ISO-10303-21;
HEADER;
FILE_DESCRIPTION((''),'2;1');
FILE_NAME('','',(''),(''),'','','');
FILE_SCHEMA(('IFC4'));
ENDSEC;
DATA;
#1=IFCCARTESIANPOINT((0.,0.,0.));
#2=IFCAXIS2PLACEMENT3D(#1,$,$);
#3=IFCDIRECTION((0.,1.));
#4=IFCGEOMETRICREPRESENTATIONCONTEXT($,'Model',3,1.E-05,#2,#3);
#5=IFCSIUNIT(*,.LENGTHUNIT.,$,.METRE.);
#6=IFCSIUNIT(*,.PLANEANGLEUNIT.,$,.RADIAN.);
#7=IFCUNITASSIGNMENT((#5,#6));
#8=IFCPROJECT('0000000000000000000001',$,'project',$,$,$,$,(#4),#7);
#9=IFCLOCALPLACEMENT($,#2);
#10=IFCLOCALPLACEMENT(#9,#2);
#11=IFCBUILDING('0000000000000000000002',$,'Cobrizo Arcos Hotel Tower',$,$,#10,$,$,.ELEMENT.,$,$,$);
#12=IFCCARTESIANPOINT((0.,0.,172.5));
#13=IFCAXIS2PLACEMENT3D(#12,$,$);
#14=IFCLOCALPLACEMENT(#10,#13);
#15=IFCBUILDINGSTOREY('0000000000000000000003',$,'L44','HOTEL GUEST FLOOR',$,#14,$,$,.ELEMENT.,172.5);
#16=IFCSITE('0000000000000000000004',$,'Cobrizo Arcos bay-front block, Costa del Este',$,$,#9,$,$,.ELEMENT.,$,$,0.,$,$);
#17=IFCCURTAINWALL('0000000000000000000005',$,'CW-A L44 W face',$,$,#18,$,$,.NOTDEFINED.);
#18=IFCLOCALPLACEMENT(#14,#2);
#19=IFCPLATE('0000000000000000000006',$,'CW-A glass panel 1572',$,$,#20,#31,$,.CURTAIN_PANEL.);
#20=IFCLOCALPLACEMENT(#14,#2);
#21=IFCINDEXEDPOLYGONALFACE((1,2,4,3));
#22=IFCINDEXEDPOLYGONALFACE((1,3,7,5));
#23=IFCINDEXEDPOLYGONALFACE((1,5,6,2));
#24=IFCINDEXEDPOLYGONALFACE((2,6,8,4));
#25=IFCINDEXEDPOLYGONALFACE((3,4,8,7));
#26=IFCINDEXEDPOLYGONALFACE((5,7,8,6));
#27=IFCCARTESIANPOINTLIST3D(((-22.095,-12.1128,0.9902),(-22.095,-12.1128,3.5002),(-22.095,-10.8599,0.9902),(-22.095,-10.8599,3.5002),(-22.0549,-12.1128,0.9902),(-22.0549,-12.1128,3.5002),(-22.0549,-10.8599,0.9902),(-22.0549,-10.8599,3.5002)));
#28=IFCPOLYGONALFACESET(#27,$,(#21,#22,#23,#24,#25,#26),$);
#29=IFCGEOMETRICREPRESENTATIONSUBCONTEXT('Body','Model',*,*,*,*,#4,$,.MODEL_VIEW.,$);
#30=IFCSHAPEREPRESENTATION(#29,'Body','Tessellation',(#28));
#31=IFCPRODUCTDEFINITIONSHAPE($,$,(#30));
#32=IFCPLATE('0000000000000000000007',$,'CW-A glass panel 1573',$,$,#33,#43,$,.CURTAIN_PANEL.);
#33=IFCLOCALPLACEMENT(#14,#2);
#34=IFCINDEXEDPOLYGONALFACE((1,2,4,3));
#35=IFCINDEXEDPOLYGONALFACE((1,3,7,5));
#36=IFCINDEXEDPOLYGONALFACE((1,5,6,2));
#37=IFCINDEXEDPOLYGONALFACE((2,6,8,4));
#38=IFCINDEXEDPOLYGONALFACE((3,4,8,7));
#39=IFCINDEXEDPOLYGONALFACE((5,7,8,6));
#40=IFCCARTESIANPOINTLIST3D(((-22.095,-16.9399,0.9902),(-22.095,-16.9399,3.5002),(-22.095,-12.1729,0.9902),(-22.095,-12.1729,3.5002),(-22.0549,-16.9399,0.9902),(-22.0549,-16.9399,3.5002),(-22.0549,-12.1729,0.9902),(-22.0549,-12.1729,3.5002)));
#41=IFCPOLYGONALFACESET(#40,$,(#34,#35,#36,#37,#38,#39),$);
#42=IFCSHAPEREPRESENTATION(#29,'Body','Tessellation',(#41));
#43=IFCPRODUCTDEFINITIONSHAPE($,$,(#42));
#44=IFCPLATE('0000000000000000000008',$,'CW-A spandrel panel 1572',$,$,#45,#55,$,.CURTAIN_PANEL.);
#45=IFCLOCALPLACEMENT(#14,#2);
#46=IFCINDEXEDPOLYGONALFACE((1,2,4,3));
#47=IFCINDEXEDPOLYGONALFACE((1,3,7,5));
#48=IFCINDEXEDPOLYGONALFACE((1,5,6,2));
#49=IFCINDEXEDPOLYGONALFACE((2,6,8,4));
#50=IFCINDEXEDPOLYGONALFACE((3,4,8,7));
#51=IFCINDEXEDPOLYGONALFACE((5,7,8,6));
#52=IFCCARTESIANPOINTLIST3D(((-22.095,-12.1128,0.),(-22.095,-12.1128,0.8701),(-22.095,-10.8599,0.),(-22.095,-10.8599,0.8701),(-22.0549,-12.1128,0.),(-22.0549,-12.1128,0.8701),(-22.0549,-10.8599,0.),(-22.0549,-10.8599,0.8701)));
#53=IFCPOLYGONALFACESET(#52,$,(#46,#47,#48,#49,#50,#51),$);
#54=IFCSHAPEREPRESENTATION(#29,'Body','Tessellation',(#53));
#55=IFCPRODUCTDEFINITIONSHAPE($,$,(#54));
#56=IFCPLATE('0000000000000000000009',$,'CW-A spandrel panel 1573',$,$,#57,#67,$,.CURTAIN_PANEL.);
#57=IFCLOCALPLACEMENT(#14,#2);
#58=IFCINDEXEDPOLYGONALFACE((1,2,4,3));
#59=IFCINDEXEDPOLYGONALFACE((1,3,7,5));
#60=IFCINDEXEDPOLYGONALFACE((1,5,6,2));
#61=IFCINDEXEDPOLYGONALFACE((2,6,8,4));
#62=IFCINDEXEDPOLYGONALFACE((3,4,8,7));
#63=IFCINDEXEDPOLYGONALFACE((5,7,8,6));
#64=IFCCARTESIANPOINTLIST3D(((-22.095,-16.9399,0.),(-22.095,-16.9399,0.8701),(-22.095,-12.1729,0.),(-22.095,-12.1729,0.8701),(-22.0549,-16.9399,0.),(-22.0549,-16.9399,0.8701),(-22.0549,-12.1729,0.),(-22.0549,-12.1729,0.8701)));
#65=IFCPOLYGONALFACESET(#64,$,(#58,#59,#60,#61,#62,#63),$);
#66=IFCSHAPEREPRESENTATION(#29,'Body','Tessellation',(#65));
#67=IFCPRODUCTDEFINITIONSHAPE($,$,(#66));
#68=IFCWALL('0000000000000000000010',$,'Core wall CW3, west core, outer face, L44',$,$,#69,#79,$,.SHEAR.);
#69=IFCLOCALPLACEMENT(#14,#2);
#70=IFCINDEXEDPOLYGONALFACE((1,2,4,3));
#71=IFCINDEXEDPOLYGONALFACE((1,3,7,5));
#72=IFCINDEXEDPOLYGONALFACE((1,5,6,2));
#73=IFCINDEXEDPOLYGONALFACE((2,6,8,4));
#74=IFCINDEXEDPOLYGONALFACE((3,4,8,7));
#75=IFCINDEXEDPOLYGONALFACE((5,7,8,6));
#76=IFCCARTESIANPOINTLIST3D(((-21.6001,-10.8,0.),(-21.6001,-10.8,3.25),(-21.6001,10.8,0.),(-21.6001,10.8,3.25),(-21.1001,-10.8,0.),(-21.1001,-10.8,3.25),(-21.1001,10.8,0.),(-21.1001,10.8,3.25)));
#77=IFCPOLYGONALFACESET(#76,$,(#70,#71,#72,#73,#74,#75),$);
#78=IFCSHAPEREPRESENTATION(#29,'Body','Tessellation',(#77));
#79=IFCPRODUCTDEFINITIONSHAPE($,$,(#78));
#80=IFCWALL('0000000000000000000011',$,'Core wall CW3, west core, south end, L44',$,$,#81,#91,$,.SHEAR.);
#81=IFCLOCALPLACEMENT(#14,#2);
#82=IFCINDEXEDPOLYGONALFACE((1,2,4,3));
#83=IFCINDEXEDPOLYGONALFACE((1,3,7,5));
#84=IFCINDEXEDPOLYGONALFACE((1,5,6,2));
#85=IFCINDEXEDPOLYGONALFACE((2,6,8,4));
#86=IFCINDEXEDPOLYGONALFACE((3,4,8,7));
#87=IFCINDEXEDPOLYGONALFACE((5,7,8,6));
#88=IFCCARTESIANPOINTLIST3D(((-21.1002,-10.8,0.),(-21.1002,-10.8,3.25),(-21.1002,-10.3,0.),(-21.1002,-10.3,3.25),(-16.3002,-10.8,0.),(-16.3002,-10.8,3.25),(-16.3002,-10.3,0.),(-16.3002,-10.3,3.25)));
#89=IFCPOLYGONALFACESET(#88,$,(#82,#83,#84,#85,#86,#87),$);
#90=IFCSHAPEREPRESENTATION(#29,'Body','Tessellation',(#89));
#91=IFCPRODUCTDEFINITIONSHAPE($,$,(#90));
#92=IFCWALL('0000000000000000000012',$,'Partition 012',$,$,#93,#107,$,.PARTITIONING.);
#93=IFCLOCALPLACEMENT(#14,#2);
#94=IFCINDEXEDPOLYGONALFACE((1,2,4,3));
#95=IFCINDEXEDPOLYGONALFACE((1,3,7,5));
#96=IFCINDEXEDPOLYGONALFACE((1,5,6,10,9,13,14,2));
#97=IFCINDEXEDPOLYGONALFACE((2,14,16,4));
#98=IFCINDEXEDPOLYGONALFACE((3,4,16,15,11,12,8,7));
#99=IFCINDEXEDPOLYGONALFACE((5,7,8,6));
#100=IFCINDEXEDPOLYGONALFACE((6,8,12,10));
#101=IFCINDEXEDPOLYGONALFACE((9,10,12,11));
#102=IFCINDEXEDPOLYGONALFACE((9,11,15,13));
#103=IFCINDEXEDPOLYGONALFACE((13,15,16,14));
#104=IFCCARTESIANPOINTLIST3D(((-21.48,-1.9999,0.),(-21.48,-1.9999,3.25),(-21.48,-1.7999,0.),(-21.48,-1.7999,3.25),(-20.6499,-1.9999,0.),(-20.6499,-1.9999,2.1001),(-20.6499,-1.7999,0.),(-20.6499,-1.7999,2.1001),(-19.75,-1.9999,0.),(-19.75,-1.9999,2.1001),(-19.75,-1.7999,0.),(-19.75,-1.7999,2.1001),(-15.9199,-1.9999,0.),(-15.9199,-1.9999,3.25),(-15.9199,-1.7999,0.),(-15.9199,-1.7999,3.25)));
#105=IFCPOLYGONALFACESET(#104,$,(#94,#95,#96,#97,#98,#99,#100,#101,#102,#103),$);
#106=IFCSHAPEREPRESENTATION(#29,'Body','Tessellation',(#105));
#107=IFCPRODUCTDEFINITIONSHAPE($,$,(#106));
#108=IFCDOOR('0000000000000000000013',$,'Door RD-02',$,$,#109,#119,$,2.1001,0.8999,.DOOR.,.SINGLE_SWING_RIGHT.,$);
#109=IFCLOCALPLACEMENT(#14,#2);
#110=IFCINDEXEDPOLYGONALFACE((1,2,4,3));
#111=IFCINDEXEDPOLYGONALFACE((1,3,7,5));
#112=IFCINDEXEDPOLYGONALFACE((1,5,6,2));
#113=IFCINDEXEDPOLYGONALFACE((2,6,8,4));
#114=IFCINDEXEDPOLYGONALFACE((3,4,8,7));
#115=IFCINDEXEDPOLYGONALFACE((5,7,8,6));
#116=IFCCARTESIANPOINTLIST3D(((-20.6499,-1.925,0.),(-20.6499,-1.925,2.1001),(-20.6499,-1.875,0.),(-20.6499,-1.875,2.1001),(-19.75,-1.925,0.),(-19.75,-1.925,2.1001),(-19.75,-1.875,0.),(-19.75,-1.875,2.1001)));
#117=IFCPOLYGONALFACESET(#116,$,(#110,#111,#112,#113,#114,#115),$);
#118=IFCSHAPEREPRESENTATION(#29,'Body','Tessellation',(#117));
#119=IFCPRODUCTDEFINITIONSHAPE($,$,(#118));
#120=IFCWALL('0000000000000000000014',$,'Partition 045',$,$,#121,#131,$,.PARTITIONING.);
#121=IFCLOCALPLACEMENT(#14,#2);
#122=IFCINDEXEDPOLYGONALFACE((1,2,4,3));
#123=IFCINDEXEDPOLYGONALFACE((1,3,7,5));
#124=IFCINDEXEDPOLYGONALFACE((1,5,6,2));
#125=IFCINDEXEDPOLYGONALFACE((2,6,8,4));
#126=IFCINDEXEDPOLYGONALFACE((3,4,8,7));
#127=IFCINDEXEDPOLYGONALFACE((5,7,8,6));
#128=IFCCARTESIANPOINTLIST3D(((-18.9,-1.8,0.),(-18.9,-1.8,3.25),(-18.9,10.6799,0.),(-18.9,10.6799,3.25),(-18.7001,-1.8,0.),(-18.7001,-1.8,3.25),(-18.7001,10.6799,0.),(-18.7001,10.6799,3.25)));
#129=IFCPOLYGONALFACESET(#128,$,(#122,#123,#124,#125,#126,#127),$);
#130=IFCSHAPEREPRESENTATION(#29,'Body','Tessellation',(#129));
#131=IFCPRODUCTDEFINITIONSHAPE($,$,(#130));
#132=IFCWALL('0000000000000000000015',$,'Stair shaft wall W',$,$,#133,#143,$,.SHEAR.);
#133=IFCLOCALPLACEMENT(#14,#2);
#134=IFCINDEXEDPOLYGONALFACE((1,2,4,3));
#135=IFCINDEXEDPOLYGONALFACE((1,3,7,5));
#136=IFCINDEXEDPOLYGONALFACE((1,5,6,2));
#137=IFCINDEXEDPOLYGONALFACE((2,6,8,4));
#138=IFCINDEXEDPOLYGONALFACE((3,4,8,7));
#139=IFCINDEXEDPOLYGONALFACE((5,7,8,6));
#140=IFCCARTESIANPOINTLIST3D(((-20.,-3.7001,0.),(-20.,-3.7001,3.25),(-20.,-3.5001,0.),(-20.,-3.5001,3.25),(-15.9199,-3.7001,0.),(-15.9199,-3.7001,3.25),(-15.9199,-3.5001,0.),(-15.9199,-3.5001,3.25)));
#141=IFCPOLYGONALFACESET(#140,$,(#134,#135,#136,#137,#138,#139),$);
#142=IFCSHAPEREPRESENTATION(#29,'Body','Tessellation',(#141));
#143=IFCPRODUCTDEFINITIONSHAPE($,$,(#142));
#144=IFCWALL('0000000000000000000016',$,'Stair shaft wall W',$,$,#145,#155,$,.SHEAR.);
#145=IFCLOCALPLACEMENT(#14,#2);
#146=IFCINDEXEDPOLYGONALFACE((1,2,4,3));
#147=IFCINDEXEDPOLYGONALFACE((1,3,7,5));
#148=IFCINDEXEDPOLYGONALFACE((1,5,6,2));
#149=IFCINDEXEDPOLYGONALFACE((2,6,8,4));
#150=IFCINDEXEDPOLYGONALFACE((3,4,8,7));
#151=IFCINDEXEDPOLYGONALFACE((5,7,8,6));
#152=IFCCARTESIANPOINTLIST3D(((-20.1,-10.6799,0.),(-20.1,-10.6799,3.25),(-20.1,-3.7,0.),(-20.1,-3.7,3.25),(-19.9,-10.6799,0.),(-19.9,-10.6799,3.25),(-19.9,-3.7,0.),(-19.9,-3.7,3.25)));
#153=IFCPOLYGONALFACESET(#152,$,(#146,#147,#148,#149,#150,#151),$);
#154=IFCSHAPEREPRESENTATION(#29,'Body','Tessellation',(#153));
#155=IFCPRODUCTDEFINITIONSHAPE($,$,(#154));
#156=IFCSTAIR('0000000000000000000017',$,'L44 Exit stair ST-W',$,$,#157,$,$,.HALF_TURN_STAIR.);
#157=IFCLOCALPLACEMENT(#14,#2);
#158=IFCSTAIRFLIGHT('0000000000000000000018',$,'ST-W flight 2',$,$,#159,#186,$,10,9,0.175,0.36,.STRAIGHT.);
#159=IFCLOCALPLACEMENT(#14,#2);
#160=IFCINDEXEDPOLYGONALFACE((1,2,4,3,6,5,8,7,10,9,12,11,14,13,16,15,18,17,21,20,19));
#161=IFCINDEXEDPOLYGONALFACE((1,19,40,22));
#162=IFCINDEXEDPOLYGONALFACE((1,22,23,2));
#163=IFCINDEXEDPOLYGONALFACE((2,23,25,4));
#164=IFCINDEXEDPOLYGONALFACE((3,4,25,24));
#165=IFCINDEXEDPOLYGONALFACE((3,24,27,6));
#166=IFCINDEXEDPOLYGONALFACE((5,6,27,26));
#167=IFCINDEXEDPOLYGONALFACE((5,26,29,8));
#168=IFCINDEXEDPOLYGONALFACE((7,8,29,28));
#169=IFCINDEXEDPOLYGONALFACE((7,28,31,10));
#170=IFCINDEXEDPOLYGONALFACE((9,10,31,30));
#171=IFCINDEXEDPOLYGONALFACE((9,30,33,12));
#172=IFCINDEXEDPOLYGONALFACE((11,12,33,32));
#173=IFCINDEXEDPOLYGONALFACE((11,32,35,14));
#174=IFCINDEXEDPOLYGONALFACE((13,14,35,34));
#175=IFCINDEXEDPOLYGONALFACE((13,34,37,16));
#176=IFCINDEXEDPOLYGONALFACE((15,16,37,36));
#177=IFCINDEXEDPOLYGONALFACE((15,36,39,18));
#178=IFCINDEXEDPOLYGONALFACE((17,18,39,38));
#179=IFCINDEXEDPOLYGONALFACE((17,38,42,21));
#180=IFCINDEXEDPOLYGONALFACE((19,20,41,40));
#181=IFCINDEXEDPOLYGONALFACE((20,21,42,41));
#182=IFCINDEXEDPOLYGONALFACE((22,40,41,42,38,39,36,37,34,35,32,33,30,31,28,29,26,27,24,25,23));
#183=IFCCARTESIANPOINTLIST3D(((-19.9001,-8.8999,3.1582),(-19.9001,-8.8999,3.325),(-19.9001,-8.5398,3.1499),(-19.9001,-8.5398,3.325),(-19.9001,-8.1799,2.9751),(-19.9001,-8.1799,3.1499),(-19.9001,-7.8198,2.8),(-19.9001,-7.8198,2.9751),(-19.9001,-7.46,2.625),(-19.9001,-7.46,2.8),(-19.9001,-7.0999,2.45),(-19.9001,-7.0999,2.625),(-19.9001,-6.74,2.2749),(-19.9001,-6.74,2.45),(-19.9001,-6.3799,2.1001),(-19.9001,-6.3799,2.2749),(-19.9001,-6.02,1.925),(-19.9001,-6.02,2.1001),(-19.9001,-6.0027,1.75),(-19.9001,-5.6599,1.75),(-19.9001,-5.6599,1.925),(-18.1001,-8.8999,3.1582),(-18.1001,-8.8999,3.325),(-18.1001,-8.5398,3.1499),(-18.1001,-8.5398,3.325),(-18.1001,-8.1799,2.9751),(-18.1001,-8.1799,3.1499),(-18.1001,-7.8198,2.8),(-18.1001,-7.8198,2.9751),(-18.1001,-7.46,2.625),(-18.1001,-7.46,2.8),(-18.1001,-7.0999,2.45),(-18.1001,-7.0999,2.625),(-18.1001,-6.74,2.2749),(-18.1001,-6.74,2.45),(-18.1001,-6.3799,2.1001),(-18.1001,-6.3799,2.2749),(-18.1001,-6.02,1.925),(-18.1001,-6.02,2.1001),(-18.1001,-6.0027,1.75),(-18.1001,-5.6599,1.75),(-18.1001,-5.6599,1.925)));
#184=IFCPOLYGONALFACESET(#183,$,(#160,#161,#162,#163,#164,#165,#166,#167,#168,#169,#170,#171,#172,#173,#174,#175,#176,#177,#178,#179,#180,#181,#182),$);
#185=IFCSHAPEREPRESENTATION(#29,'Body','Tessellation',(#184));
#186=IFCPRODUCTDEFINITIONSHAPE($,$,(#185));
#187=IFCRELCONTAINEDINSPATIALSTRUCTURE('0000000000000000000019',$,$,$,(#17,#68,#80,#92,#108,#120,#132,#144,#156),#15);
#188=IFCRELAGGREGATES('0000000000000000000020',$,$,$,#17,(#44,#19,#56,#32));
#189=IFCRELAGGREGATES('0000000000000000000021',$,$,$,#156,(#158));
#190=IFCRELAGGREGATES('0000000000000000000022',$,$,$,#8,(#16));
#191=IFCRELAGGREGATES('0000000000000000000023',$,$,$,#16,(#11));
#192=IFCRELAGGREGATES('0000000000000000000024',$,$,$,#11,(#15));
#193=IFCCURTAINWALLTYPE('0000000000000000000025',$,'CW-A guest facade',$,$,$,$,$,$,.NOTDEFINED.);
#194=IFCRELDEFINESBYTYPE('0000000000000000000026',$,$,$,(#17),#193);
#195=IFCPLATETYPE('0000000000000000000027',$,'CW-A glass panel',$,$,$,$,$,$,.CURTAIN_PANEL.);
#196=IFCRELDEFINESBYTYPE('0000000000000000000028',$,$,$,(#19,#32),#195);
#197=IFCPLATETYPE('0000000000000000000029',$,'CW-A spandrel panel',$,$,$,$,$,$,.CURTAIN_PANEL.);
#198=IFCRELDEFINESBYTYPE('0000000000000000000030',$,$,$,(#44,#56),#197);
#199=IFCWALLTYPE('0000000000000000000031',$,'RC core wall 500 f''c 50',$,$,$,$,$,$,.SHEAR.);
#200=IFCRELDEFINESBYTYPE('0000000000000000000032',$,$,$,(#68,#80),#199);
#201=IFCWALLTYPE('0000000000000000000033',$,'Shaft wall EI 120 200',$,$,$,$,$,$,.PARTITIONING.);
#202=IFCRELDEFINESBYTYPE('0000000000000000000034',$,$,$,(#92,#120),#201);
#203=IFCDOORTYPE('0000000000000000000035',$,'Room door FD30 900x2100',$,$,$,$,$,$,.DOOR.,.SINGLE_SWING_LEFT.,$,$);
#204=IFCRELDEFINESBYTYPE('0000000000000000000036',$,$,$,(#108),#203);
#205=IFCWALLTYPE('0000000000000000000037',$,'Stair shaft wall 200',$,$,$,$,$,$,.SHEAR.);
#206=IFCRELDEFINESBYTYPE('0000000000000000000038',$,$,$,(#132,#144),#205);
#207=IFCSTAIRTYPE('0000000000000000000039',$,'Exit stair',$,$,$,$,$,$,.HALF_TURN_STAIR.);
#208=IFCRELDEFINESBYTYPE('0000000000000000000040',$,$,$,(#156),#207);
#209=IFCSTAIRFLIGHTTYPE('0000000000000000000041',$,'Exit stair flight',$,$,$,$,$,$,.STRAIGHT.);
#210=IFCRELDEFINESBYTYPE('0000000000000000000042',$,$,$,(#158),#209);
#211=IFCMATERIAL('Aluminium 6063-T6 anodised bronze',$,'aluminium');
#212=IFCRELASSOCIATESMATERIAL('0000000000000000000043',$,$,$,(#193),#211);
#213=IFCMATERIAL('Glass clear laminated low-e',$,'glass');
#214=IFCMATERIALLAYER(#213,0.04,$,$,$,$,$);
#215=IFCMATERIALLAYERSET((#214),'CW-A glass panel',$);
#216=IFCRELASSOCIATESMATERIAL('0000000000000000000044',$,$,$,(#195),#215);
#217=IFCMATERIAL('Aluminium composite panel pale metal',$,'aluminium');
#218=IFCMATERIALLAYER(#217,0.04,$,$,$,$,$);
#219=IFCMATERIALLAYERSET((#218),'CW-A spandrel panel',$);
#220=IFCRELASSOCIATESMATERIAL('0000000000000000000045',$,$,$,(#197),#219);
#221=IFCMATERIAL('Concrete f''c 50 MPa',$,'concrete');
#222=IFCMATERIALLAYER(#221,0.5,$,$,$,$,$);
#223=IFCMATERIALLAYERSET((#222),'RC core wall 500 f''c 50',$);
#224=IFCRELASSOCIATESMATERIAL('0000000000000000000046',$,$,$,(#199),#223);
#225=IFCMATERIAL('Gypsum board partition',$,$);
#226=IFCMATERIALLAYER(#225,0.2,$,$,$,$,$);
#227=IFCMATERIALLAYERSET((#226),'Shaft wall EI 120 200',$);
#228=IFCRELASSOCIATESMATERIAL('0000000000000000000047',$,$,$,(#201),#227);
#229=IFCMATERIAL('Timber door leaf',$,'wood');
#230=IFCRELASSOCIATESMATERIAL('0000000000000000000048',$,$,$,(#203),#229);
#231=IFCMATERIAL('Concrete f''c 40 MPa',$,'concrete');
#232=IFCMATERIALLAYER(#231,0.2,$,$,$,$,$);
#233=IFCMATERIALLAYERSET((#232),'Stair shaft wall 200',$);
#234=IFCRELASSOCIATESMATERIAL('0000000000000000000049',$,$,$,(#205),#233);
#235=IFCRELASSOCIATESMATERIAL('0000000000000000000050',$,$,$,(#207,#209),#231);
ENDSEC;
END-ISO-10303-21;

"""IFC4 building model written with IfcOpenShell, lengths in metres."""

from ifc_helpers import new_model, si_unit, direction, frame, frame_2d, origin, origin_2d, place, context, subcontext, project, spatial, polyline, rectangle, outline, extrude, material, layer, layer_set, type_object, element, fill, aggregate, save


model = new_model("IFC4")

# Units and contexts
model_context = context("Model", 3, precision=1e-05, world=origin(), true_north=direction((0.0, 1.0)))
body_context = subcontext(model_context, "Body", "Model", "MODEL_VIEW")
ifc_project = project(units=[si_unit("LENGTHUNIT", "METRE"), si_unit("PLANEANGLEUNIT", "RADIAN")], contexts=[model_context])

# Site, building, storey
site_placement = place(None, origin())
site = spatial("IfcSite", under=ifc_project, at=site_placement, Name="Cobrizo Arcos bay-front block, Costa del Este", CompositionType="ELEMENT", RefElevation=0.0)
building_placement = place(site_placement, origin())
building = spatial("IfcBuilding", under=site, at=building_placement, Name="Cobrizo Arcos Hotel Tower", CompositionType="ELEMENT")
storey_placement = place(building_placement, frame((0.0, 0.0, 172.5)))
storey = spatial("IfcBuildingStorey", under=building, at=storey_placement, Name="L44", Description="HOTEL GUEST FLOOR", CompositionType="ELEMENT", Elevation=172.5)

# Curtain wall
ifc_material_1 = material(Name="Aluminium 6063-T6 anodised bronze", Category="aluminium")
curtain_wall_type = type_object("IfcCurtainWallType", Name="CW-A guest facade", PredefinedType="NOTDEFINED", material=ifc_material_1)
curtain_wall_placement = place(storey_placement, origin())
curtain_wall = element("IfcCurtainWall", 1, at=curtain_wall_placement, inside=storey, type_object=curtain_wall_type, Name="CW-A L44 W face", PredefinedType="NOTDEFINED")

# Plates
ifc_material_2 = material(Name="Glass clear laminated low-e", Category="glass")
ifc_layer_1 = layer(ifc_material_2, 0.04)
ifc_layer_set_1 = layer_set([ifc_layer_1], Name="CW-A glass panel")
plate_type_1 = type_object("IfcPlateType", Name="CW-A glass panel", PredefinedType="CURTAIN_PANEL", material=ifc_layer_set_1)
plate_1_placement = place(storey_placement, frame((-22.075, -11.4863, 0.9902), z_axis=(0.0, 0.0, 1.0), x_axis=(0.0, -1.0, 0.0)))
plate_1 = element("IfcPlate", 2, at=plate_1_placement, type_object=plate_type_1, Name="CW-A glass panel 1572", PredefinedType="CURTAIN_PANEL", context=body_context, shape_type="SweptSolid", body=[
    extrude(rectangle(XDim=1.2529, YDim=0.04, at=origin_2d()), origin(), (0.0, 0.0, 1.0), 2.51),
])
plate_2_placement = place(storey_placement, frame((-22.075, -14.5564, 0.9902), z_axis=(0.0, 0.0, 1.0), x_axis=(0.0, -1.0, 0.0)))
plate_2 = element("IfcPlate", 3, at=plate_2_placement, type_object=plate_type_1, Name="CW-A glass panel 1573", PredefinedType="CURTAIN_PANEL", context=body_context, shape_type="SweptSolid", body=[
    extrude(rectangle(XDim=4.7671, YDim=0.04, at=origin_2d()), origin(), (0.0, 0.0, 1.0), 2.51),
])
ifc_material_3 = material(Name="Aluminium composite panel pale metal", Category="aluminium")
ifc_layer_2 = layer(ifc_material_3, 0.04)
ifc_layer_set_2 = layer_set([ifc_layer_2], Name="CW-A spandrel panel")
plate_type_2 = type_object("IfcPlateType", Name="CW-A spandrel panel", PredefinedType="CURTAIN_PANEL", material=ifc_layer_set_2)
plate_3_placement = place(storey_placement, frame((-22.075, -11.4863, 0.0), z_axis=(0.0, 0.0, 1.0), x_axis=(0.0, -1.0, 0.0)))
plate_3 = element("IfcPlate", 4, at=plate_3_placement, type_object=plate_type_2, Name="CW-A spandrel panel 1572", PredefinedType="CURTAIN_PANEL", context=body_context, shape_type="SweptSolid", body=[
    extrude(rectangle(XDim=1.2529, YDim=0.04, at=origin_2d()), origin(), (0.0, 0.0, 1.0), 0.8701),
])
plate_4_placement = place(storey_placement, frame((-22.075, -14.5564, 0.0), z_axis=(0.0, 0.0, 1.0), x_axis=(0.0, -1.0, 0.0)))
plate_4 = element("IfcPlate", 5, at=plate_4_placement, type_object=plate_type_2, Name="CW-A spandrel panel 1573", PredefinedType="CURTAIN_PANEL", context=body_context, shape_type="SweptSolid", body=[
    extrude(rectangle(XDim=4.7671, YDim=0.04, at=origin_2d()), origin(), (0.0, 0.0, 1.0), 0.8701),
])
aggregate(curtain_wall, [plate_3, plate_1, plate_4, plate_2])

# Walls
ifc_material_4 = material(Name="Concrete f'c 50 MPa", Category="concrete")
ifc_layer_3 = layer(ifc_material_4, 0.5)
ifc_layer_set_3 = layer_set([ifc_layer_3], Name="RC core wall 500 f'c 50")
wall_type_1 = type_object("IfcWallType", Name="RC core wall 500 f'c 50", PredefinedType="SHEAR", material=ifc_layer_set_3)
wall_1_placement = place(storey_placement, frame((-21.3501, -10.8, 0.0), z_axis=(0.0, 0.0, 1.0), x_axis=(0.0, 1.0, 0.0)))
element("IfcWall", 6, at=wall_1_placement, inside=storey, type_object=wall_type_1, Name="Core wall CW3, west core, outer face, L44", PredefinedType="SHEAR", context=body_context, shape_type="SweptSolid", body=[
    extrude(rectangle(XDim=21.6001, YDim=0.5, at=frame_2d((10.8, 0.0))), origin(), (0.0, 0.0, 1.0), 3.25),
])
wall_2_placement = place(storey_placement, frame((-21.1001, -10.55, 0.0), z_axis=(0.0, 0.0, 1.0), x_axis=(1.0, 0.0, 0.0)))
element("IfcWall", 7, at=wall_2_placement, inside=storey, type_object=wall_type_1, Name="Core wall CW3, west core, south end, L44", PredefinedType="SHEAR", context=body_context, shape_type="SweptSolid", body=[
    extrude(rectangle(XDim=4.8, YDim=0.5, at=frame_2d((2.3999, 0.0))), origin(), (0.0, 0.0, 1.0), 3.25),
])

# Wall, opening, door
ifc_material_5 = material(Name="Gypsum board partition")
ifc_layer_4 = layer(ifc_material_5, 0.2)
ifc_layer_set_4 = layer_set([ifc_layer_4], Name="Shaft wall EI 120 200")
wall_type_2 = type_object("IfcWallType", Name="Shaft wall EI 120 200", PredefinedType="PARTITIONING", material=ifc_layer_set_4)
wall_3_placement = place(storey_placement, frame((-21.48, -1.8999, 0.0), z_axis=(0.0, 0.0, 1.0), x_axis=(1.0, 0.0, 0.0)))
wall_3 = element("IfcWall", 8, at=wall_3_placement, inside=storey, type_object=wall_type_2, Name="Partition 012", PredefinedType="PARTITIONING", context=body_context, shape_type="SweptSolid", body=[
    extrude(rectangle(XDim=5.5601, YDim=0.2, at=frame_2d((2.78, 0.0))), origin(), (0.0, 0.0, 1.0), 3.25),
])
opening_placement = place(wall_3_placement, frame((0.8301, 0.0, 0.0)))
opening = element("IfcOpeningElement", 9, at=opening_placement, cuts=wall_3, PredefinedType="OPENING", context=body_context, shape_type="SweptSolid", body=[
    extrude(rectangle(XDim=0.8999, YDim=2.1001, at=frame_2d((0.45, 1.05))), frame((0.0, 0.1121, 0.0), z_axis=(0.0, -1.0, 0.0), x_axis=(1.0, 0.0, 0.0)), (0.0, 0.0, 1.0), 0.2239),
])
ifc_material_6 = material(Name="Timber door leaf", Category="wood")
door_type = type_object("IfcDoorType", Name="Room door FD30 900x2100", OperationType="SINGLE_SWING_LEFT", PredefinedType="DOOR", material=ifc_material_6)
door_placement = place(opening_placement, origin())
door = element("IfcDoor", 10, at=door_placement, inside=storey, type_object=door_type, Name="Door RD-02", OperationType="SINGLE_SWING_RIGHT", OverallHeight=2.1001, OverallWidth=0.8999, PredefinedType="DOOR", context=body_context, shape_type="SweptSolid", body=[
    extrude(rectangle(XDim=0.8999, YDim=2.1001, at=frame_2d((0.45, 1.05))), frame((0.0, 0.0249, 0.0), z_axis=(0.0, -1.0, 0.0), x_axis=(1.0, 0.0, 0.0)), (0.0, 0.0, 1.0), 0.05),
])
fill(opening, door)

# Walls
wall_4_placement = place(storey_placement, frame((-18.8, -1.8, 0.0), z_axis=(0.0, 0.0, 1.0), x_axis=(0.0, 1.0, 0.0)))
element("IfcWall", 11, at=wall_4_placement, inside=storey, type_object=wall_type_2, Name="Partition 045", PredefinedType="PARTITIONING", context=body_context, shape_type="SweptSolid", body=[
    extrude(rectangle(XDim=12.48, YDim=0.2, at=frame_2d((6.24, 0.0))), origin(), (0.0, 0.0, 1.0), 3.25),
])
ifc_material_7 = material(Name="Concrete f'c 40 MPa", Category="concrete")
ifc_layer_5 = layer(ifc_material_7, 0.2)
ifc_layer_set_5 = layer_set([ifc_layer_5], Name="Stair shaft wall 200")
wall_type_3 = type_object("IfcWallType", Name="Stair shaft wall 200", PredefinedType="SHEAR", material=ifc_layer_set_5)
wall_5_placement = place(storey_placement, frame((-20.0, -3.6001, 0.0), z_axis=(0.0, 0.0, 1.0), x_axis=(1.0, 0.0, 0.0)))
element("IfcWall", 12, at=wall_5_placement, inside=storey, type_object=wall_type_3, Name="Stair shaft wall W", PredefinedType="SHEAR", context=body_context, shape_type="SweptSolid", body=[
    extrude(rectangle(XDim=4.0801, YDim=0.2, at=frame_2d((2.04, 0.0))), origin(), (0.0, 0.0, 1.0), 3.25),
])
wall_6_placement = place(storey_placement, frame((-20.0, -10.6799, 0.0), z_axis=(0.0, 0.0, 1.0), x_axis=(0.0, 1.0, 0.0)))
element("IfcWall", 13, at=wall_6_placement, inside=storey, type_object=wall_type_3, Name="Stair shaft wall W", PredefinedType="SHEAR", context=body_context, shape_type="SweptSolid", body=[
    extrude(rectangle(XDim=6.98, YDim=0.2, at=frame_2d((3.49, 0.0))), origin(), (0.0, 0.0, 1.0), 3.25),
])

# Stair, stair flight
stair_type = type_object("IfcStairType", Name="Exit stair", PredefinedType="HALF_TURN_STAIR", material=ifc_material_7)
stair_placement = place(storey_placement, origin())
stair = element("IfcStair", 14, at=stair_placement, inside=storey, type_object=stair_type, Name="L44 Exit stair ST-W", PredefinedType="HALF_TURN_STAIR")
stair_flight_type = type_object("IfcStairFlightType", Name="Exit stair flight", PredefinedType="STRAIGHT", material=ifc_material_7)
stair_flight_placement = place(storey_placement, frame((-19.0, -5.6599, 1.75), z_axis=(0.0, 0.0, 1.0), x_axis=(0.0, -1.0, 0.0)))
stair_flight = element("IfcStairFlight", 15, at=stair_flight_placement, type_object=stair_flight_type, Name="ST-W flight 2", NumberOfRisers=10, NumberOfTreads=9, PredefinedType="STRAIGHT", RiserHeight=0.175, TreadLength=0.36, context=body_context, shape_type="SweptSolid", body=[
    extrude(outline(polyline([(0.0, 0.0), (0.0, 0.175), (0.3601, 0.175), (0.3601, 0.3501), (0.72, 0.3501), (0.72, 0.5249), (1.0801, 0.5249), (1.0801, 0.7), (1.4399, 0.7), (1.4399, 0.875), (1.8, 0.875), (1.8, 1.05), (2.1599, 1.05), (2.1599, 1.2251), (2.52, 1.2251), (2.52, 1.3999), (2.8799, 1.3999), (2.8799, 1.575), (3.24, 1.575), (3.24, 1.75), (3.24, 1.4082), (0.3428, 0.0), (0.0, 0.0)])), frame((0.0, 0.8999, 0.0), z_axis=(0.0, -1.0, 0.0), x_axis=(1.0, 0.0, 0.0)), (0.0, 0.0, 1.0), 1.8),
])
aggregate(stair, [stair_flight])

save(model, "model.ifc")
